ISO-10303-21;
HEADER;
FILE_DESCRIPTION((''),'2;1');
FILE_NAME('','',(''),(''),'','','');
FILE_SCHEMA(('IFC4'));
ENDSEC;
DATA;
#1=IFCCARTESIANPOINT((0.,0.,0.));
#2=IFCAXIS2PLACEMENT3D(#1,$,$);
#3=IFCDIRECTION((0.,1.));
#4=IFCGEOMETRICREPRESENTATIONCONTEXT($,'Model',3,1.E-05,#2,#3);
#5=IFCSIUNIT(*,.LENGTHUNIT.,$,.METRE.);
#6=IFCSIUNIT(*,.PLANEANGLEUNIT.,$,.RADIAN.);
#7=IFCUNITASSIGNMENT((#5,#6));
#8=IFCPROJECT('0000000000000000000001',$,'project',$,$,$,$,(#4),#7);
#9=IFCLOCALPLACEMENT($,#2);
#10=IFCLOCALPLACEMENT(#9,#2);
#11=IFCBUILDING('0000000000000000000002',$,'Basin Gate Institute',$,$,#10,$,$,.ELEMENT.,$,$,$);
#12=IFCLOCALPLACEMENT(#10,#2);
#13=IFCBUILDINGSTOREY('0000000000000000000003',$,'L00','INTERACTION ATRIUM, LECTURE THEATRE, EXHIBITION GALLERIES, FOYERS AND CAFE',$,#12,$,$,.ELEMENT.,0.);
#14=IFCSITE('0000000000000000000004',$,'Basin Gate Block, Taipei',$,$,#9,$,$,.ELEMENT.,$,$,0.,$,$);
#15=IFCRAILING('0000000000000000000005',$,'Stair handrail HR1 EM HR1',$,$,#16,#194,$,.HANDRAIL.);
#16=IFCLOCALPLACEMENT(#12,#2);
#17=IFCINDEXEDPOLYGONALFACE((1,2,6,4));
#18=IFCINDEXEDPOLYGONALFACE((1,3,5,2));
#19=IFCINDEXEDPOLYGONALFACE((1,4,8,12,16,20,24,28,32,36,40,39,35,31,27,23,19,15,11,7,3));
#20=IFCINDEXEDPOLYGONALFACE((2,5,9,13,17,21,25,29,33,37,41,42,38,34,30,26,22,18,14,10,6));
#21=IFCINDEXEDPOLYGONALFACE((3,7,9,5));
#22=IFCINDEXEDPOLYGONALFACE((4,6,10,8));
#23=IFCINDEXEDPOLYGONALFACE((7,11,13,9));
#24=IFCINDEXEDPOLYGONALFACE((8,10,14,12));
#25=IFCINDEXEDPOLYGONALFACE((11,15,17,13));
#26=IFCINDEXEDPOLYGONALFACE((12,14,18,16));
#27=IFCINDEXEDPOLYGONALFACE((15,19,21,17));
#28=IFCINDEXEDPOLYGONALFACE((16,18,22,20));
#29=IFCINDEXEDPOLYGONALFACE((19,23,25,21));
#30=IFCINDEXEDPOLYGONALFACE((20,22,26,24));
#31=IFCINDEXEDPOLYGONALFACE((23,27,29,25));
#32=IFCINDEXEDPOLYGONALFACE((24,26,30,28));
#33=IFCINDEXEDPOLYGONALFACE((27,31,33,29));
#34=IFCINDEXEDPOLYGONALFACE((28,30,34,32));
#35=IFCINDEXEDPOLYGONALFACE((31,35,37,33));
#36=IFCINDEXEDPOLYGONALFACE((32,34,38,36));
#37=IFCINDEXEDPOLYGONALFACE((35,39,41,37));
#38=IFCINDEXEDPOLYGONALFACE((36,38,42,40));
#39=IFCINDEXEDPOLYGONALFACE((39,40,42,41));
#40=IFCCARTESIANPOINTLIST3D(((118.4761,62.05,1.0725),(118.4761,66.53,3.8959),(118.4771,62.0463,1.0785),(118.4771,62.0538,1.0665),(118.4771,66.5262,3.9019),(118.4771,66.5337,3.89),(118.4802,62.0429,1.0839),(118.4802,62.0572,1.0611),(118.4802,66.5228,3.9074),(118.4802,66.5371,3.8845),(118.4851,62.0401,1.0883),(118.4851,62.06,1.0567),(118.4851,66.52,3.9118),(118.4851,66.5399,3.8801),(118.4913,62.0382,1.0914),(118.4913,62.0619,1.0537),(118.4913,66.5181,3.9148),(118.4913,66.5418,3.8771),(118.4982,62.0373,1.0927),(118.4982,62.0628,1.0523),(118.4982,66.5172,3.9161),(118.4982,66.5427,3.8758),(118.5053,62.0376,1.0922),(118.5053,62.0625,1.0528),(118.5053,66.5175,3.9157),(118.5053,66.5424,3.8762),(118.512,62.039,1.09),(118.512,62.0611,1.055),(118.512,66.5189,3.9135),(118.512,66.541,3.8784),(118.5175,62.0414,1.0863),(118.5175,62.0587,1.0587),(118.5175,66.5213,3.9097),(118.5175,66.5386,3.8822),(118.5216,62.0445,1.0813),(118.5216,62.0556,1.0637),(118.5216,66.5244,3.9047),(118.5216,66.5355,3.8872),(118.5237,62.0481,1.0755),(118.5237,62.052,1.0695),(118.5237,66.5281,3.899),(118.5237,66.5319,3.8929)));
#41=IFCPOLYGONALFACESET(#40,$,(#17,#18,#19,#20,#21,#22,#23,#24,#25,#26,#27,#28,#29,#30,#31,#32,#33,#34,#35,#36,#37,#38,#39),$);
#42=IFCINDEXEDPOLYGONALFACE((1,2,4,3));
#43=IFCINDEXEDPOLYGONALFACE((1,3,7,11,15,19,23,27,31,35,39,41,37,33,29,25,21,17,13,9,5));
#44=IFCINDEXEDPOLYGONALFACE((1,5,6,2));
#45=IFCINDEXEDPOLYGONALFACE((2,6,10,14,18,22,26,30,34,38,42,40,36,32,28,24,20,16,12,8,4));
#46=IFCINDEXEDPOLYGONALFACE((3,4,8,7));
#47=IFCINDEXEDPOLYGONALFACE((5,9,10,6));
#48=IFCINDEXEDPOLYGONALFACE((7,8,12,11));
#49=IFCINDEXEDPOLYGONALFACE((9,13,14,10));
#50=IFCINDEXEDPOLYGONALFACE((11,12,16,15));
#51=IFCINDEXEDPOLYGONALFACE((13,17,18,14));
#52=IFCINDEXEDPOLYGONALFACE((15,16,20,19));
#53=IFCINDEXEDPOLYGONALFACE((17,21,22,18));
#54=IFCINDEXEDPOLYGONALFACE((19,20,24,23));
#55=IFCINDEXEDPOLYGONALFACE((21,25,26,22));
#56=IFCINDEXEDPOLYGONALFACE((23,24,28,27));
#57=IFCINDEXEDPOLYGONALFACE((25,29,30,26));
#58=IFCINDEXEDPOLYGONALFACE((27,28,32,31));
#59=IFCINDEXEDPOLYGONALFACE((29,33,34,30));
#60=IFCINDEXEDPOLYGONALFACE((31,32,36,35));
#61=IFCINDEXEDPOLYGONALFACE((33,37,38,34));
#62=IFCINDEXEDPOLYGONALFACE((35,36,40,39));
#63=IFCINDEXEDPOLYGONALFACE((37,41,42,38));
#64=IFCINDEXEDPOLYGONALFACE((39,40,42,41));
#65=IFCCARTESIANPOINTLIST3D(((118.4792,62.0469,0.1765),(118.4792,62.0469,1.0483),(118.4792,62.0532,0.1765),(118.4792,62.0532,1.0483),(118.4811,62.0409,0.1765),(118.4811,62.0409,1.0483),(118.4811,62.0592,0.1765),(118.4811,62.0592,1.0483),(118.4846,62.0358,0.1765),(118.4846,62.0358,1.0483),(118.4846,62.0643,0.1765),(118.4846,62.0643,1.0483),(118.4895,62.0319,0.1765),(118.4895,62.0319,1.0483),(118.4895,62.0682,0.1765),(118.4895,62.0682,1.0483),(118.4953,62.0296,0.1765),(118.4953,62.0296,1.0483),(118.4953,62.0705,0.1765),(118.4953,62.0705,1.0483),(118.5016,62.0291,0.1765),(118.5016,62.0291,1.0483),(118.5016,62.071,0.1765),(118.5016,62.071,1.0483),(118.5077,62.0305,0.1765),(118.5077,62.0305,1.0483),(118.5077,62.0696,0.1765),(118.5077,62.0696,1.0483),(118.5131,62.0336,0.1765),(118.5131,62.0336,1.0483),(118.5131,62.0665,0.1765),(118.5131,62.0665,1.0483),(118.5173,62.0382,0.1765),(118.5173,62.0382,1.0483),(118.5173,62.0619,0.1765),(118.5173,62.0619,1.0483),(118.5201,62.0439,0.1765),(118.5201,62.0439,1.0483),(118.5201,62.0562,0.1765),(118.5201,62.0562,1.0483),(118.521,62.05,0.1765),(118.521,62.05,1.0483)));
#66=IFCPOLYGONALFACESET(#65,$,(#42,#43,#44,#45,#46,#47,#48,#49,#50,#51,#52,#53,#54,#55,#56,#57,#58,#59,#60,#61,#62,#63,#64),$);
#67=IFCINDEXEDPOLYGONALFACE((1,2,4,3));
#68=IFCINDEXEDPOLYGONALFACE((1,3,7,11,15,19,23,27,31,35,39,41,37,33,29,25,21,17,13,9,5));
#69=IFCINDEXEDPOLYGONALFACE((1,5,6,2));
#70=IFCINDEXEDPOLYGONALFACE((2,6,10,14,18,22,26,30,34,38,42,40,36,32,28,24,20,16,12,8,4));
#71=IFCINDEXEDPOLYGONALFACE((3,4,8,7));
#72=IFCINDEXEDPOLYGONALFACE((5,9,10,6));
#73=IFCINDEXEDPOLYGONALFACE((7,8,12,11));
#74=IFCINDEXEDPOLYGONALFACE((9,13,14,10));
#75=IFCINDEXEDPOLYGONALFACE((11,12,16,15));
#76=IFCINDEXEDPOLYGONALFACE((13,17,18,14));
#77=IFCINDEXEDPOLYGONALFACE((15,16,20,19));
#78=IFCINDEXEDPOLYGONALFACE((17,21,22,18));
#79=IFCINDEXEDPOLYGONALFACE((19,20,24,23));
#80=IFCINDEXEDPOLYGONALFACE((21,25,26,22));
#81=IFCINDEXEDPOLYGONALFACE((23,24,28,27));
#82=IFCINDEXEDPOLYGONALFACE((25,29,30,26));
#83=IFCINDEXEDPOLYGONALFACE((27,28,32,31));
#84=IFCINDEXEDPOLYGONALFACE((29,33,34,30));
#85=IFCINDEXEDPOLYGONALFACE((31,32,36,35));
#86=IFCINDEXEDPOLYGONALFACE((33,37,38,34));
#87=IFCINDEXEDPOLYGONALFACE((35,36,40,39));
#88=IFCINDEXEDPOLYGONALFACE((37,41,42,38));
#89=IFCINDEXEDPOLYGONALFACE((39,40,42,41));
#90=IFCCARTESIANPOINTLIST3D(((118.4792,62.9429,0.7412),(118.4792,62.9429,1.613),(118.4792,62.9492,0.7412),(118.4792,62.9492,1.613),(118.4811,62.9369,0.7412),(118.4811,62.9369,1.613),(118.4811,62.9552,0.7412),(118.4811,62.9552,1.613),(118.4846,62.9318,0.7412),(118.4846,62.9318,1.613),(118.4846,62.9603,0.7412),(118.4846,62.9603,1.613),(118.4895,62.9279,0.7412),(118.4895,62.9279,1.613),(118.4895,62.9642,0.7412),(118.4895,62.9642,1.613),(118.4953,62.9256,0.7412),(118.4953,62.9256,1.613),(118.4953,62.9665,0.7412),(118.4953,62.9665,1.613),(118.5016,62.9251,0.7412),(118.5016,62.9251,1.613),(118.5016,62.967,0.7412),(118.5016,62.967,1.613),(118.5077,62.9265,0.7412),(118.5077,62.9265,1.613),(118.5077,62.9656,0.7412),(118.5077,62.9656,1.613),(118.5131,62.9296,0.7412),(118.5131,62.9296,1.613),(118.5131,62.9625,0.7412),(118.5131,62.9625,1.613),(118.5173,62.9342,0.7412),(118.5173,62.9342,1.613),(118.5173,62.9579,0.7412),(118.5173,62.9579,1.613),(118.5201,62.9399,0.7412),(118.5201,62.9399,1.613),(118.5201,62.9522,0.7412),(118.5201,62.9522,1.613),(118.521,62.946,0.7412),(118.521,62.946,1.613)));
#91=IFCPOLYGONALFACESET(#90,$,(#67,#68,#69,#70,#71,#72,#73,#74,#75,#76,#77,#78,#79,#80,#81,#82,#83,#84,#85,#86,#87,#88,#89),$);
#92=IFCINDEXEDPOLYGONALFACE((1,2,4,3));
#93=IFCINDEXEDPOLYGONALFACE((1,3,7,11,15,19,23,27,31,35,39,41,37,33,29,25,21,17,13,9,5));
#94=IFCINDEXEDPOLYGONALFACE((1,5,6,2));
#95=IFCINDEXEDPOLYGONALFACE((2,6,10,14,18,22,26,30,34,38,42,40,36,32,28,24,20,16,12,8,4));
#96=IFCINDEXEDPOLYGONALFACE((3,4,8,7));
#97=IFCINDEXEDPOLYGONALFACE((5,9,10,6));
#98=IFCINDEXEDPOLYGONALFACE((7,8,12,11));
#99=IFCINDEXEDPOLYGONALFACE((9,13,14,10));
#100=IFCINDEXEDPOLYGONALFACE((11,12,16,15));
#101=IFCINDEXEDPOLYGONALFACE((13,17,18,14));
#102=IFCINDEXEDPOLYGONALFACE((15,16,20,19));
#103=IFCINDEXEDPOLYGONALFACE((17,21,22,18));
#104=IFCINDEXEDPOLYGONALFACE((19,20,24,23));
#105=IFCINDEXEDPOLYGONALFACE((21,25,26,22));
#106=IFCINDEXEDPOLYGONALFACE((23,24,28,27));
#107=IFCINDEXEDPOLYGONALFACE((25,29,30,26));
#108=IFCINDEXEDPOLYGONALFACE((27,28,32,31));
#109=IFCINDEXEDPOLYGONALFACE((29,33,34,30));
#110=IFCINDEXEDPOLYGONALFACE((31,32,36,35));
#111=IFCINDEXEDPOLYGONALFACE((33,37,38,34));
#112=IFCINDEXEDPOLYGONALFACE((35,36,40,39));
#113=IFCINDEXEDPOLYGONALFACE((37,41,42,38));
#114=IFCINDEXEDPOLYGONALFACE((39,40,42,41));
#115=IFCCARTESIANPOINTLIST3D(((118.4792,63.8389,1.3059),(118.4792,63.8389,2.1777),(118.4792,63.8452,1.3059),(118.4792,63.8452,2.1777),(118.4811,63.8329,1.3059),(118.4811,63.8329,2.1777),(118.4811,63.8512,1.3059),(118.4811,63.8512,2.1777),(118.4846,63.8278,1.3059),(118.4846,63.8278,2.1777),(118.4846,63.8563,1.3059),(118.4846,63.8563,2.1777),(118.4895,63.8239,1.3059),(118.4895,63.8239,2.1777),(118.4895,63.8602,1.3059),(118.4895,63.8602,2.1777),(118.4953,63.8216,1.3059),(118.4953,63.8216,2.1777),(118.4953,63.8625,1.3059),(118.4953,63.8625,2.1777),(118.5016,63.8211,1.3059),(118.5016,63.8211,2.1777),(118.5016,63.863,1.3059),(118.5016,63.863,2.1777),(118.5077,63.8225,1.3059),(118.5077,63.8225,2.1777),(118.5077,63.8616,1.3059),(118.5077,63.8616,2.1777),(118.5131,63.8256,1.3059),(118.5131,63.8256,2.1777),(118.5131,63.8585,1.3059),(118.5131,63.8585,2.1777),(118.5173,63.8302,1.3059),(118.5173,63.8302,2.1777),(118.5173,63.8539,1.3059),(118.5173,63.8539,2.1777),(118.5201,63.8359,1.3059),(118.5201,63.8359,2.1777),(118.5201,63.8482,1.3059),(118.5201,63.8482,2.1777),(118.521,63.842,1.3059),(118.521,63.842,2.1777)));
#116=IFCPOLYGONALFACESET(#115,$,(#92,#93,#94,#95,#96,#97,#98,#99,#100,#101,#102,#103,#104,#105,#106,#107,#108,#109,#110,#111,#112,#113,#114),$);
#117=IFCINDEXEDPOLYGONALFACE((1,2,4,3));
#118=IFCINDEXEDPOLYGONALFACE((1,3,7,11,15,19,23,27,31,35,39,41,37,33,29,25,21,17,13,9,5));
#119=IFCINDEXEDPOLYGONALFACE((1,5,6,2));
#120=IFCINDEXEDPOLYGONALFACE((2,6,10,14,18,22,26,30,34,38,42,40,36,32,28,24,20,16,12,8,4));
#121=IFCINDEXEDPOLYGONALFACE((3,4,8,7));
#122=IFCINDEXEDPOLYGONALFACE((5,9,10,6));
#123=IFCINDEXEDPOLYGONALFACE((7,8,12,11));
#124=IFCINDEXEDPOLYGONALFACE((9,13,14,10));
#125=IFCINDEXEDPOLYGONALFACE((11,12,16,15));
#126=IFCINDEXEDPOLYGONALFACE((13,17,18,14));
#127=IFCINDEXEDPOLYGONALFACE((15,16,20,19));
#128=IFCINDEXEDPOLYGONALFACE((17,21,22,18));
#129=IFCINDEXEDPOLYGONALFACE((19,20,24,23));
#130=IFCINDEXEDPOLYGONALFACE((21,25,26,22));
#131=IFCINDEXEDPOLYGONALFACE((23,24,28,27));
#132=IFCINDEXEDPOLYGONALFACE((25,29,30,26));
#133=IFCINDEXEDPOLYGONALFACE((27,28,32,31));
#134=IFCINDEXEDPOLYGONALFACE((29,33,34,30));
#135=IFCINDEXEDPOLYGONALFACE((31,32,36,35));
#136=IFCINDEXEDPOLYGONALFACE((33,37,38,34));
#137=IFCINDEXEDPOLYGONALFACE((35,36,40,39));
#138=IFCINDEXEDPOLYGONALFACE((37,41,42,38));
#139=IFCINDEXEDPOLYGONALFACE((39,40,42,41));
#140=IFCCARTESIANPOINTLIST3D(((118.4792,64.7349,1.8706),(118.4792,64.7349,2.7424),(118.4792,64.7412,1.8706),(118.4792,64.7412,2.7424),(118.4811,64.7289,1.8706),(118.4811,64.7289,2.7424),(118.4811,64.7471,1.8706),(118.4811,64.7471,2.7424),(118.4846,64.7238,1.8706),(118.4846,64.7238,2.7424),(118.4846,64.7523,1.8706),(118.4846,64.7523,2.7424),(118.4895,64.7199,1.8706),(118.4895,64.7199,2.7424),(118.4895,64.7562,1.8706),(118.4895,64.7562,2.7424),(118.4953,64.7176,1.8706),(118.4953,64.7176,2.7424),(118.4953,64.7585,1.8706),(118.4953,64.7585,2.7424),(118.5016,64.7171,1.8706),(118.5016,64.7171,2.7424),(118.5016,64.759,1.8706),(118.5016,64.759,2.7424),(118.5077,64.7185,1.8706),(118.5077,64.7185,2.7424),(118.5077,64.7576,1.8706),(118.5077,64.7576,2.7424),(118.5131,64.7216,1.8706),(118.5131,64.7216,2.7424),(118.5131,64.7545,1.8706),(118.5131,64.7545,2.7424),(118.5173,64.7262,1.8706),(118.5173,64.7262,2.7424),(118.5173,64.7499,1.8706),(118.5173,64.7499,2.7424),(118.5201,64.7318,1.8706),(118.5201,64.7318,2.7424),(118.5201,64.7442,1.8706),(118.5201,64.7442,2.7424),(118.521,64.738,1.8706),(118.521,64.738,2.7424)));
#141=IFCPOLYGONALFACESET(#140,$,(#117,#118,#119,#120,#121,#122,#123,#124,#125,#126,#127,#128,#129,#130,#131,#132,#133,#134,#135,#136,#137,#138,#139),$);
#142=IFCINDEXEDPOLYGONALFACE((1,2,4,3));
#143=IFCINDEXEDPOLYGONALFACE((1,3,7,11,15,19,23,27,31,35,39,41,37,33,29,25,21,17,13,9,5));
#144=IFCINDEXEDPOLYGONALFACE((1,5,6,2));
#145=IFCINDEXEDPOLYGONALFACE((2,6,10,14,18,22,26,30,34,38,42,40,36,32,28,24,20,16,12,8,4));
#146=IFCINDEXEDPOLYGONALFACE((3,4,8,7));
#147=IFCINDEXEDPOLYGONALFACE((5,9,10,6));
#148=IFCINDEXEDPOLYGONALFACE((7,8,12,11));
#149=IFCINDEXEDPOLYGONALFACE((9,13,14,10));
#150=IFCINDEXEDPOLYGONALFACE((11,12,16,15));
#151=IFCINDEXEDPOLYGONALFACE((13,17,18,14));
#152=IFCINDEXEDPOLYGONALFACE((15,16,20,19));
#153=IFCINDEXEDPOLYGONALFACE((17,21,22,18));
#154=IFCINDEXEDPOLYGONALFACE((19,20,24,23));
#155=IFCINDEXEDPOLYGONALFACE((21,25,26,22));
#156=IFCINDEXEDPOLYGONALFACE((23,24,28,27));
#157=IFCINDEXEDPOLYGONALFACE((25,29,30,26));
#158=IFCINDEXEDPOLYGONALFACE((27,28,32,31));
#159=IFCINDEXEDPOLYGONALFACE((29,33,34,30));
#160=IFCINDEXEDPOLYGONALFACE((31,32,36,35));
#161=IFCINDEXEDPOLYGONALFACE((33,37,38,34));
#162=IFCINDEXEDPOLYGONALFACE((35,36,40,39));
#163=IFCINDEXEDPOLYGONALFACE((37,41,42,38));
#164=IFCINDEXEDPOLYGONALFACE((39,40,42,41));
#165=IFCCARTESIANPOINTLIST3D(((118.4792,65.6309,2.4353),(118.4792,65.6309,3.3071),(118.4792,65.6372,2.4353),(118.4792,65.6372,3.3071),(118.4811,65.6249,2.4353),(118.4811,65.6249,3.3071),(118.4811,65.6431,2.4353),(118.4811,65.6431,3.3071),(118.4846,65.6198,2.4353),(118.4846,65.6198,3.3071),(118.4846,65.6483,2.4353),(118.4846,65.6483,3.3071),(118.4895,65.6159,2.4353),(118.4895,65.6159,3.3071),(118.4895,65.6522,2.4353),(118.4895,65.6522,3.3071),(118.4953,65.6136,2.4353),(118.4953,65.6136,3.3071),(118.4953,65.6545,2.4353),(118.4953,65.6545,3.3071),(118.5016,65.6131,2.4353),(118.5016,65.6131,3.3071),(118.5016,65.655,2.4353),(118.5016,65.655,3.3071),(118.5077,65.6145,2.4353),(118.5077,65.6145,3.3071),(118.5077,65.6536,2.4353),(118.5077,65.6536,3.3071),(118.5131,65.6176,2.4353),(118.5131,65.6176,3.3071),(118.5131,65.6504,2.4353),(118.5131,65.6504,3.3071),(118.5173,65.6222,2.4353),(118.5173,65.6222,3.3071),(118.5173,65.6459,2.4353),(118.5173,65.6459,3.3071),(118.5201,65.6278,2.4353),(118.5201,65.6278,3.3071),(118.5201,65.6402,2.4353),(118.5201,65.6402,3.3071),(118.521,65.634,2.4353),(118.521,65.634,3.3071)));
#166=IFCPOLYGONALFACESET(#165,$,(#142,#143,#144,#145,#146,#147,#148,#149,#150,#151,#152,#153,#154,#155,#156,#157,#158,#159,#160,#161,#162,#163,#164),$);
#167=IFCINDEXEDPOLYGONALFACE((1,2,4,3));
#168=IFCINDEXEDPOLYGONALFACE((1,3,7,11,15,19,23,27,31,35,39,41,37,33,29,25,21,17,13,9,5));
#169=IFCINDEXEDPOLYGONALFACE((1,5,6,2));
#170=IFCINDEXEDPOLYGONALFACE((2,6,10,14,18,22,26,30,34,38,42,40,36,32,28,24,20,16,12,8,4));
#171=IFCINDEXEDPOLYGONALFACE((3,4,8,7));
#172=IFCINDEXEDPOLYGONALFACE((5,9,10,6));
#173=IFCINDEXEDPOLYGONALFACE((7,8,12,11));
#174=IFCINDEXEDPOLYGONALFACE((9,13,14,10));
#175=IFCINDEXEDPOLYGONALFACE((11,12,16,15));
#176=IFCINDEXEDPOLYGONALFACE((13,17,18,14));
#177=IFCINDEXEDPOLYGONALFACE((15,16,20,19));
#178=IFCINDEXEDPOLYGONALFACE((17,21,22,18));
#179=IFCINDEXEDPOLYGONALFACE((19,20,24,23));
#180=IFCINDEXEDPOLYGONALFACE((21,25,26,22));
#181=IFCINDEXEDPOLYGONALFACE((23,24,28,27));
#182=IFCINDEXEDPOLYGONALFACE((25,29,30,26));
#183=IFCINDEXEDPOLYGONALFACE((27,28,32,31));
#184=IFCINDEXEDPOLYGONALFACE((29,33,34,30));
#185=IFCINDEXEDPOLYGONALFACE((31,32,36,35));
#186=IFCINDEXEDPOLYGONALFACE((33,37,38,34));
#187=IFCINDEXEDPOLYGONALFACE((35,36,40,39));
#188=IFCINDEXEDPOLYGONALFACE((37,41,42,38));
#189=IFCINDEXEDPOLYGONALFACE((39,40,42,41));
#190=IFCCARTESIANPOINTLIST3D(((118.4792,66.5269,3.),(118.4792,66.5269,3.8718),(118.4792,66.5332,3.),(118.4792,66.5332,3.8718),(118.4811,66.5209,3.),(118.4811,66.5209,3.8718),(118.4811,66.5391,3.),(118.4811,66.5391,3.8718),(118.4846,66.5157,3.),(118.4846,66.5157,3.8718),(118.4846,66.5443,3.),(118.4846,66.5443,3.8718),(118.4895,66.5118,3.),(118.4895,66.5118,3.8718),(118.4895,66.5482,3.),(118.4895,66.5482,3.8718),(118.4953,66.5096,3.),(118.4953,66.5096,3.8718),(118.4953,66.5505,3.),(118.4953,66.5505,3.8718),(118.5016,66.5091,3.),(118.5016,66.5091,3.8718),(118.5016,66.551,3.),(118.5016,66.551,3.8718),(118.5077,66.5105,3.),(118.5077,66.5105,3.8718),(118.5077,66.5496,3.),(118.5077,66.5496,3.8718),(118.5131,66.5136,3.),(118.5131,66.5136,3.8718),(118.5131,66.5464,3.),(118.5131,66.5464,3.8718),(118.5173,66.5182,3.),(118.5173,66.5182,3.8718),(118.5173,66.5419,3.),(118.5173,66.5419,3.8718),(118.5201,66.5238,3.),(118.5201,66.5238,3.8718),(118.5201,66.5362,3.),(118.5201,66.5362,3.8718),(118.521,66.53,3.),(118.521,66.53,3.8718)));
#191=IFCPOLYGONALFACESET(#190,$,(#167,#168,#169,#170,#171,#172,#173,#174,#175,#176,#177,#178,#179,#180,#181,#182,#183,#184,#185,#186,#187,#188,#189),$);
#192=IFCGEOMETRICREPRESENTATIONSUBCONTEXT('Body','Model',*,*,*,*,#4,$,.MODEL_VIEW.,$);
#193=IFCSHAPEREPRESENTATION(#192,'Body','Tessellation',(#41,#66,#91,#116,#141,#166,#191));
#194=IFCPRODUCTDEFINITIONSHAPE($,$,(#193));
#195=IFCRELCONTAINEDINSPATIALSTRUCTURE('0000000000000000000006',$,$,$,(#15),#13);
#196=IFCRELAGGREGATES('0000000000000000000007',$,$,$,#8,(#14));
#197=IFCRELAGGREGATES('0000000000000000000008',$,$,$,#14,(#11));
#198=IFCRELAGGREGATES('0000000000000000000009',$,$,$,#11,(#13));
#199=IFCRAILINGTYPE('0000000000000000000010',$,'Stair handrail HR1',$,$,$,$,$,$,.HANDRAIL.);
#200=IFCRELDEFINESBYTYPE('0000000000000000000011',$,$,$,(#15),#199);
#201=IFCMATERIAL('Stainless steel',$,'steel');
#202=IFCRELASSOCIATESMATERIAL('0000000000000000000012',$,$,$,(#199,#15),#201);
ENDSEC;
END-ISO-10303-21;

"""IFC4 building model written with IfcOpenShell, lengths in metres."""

from ifc_helpers import new_model, si_unit, direction, frame, origin, origin_2d, place, context, subcontext, project, spatial, circle, extrude, material, type_object, element, save


model = new_model("IFC4")

# Units and contexts
model_context = context("Model", 3, precision=1e-05, world=origin(), true_north=direction((0.0, 1.0)))
body_context = subcontext(model_context, "Body", "Model", "MODEL_VIEW")
ifc_project = project(units=[si_unit("LENGTHUNIT", "METRE"), si_unit("PLANEANGLEUNIT", "RADIAN")], contexts=[model_context])

# Site, building, storey
site_placement = place(None, origin())
site = spatial("IfcSite", under=ifc_project, at=site_placement, Name="Basin Gate Block, Taipei", CompositionType="ELEMENT", RefElevation=0.0)
building_placement = place(site_placement, origin())
building = spatial("IfcBuilding", under=site, at=building_placement, Name="Basin Gate Institute", CompositionType="ELEMENT")
storey_placement = place(building_placement, origin())
storey = spatial("IfcBuildingStorey", under=building, at=storey_placement, Name="L00", Description="INTERACTION ATRIUM, LECTURE THEATRE, EXHIBITION GALLERIES, FOYERS AND CAFE", CompositionType="ELEMENT", Elevation=0.0)

# Railing
ifc_material_1 = material(Name="Stainless steel", Category="steel")
railing_type = type_object("IfcRailingType", Name="Stair handrail HR1", PredefinedType="HANDRAIL", material=ifc_material_1)
for number, where, name in (
    (1, (118.5, 62.05, 0.1765), "Stair handrail HR1 EM HR1"),
):
    element("IfcRailing", number, at=place(storey_placement, frame(where)), inside=storey, type_object=railing_type, material=ifc_material_1, Name=name, PredefinedType="HANDRAIL", context=body_context, shape_type="SweptSolid", body=[
        extrude(circle(Radius=0.0239, at=origin_2d()), frame((0.0, 0.0, 0.896), z_axis=(0.0, 0.845998, 0.533186), x_axis=(-1.0, 0.0, 0.0)), (0.0, 0.0, 1.0), 5.2954),
        extrude(circle(Radius=0.021, at=origin_2d()), origin(), (0.0, 0.0, 1.0), 0.8718),
        extrude(circle(Radius=0.021, at=origin_2d()), frame((0.0, 0.896, 0.5647)), (0.0, 0.0, 1.0), 0.8718),
        extrude(circle(Radius=0.021, at=origin_2d()), frame((0.0, 1.792, 1.1294)), (0.0, 0.0, 1.0), 0.8718),
        extrude(circle(Radius=0.021, at=origin_2d()), frame((0.0, 2.688, 1.6941)), (0.0, 0.0, 1.0), 0.8718),
        extrude(circle(Radius=0.021, at=origin_2d()), frame((0.0, 3.584, 2.2588)), (0.0, 0.0, 1.0), 0.8718),
        extrude(circle(Radius=0.021, at=origin_2d()), frame((0.0, 4.48, 2.8235)), (0.0, 0.0, 1.0), 0.8718),
    ])

save(model, "model.ifc")
